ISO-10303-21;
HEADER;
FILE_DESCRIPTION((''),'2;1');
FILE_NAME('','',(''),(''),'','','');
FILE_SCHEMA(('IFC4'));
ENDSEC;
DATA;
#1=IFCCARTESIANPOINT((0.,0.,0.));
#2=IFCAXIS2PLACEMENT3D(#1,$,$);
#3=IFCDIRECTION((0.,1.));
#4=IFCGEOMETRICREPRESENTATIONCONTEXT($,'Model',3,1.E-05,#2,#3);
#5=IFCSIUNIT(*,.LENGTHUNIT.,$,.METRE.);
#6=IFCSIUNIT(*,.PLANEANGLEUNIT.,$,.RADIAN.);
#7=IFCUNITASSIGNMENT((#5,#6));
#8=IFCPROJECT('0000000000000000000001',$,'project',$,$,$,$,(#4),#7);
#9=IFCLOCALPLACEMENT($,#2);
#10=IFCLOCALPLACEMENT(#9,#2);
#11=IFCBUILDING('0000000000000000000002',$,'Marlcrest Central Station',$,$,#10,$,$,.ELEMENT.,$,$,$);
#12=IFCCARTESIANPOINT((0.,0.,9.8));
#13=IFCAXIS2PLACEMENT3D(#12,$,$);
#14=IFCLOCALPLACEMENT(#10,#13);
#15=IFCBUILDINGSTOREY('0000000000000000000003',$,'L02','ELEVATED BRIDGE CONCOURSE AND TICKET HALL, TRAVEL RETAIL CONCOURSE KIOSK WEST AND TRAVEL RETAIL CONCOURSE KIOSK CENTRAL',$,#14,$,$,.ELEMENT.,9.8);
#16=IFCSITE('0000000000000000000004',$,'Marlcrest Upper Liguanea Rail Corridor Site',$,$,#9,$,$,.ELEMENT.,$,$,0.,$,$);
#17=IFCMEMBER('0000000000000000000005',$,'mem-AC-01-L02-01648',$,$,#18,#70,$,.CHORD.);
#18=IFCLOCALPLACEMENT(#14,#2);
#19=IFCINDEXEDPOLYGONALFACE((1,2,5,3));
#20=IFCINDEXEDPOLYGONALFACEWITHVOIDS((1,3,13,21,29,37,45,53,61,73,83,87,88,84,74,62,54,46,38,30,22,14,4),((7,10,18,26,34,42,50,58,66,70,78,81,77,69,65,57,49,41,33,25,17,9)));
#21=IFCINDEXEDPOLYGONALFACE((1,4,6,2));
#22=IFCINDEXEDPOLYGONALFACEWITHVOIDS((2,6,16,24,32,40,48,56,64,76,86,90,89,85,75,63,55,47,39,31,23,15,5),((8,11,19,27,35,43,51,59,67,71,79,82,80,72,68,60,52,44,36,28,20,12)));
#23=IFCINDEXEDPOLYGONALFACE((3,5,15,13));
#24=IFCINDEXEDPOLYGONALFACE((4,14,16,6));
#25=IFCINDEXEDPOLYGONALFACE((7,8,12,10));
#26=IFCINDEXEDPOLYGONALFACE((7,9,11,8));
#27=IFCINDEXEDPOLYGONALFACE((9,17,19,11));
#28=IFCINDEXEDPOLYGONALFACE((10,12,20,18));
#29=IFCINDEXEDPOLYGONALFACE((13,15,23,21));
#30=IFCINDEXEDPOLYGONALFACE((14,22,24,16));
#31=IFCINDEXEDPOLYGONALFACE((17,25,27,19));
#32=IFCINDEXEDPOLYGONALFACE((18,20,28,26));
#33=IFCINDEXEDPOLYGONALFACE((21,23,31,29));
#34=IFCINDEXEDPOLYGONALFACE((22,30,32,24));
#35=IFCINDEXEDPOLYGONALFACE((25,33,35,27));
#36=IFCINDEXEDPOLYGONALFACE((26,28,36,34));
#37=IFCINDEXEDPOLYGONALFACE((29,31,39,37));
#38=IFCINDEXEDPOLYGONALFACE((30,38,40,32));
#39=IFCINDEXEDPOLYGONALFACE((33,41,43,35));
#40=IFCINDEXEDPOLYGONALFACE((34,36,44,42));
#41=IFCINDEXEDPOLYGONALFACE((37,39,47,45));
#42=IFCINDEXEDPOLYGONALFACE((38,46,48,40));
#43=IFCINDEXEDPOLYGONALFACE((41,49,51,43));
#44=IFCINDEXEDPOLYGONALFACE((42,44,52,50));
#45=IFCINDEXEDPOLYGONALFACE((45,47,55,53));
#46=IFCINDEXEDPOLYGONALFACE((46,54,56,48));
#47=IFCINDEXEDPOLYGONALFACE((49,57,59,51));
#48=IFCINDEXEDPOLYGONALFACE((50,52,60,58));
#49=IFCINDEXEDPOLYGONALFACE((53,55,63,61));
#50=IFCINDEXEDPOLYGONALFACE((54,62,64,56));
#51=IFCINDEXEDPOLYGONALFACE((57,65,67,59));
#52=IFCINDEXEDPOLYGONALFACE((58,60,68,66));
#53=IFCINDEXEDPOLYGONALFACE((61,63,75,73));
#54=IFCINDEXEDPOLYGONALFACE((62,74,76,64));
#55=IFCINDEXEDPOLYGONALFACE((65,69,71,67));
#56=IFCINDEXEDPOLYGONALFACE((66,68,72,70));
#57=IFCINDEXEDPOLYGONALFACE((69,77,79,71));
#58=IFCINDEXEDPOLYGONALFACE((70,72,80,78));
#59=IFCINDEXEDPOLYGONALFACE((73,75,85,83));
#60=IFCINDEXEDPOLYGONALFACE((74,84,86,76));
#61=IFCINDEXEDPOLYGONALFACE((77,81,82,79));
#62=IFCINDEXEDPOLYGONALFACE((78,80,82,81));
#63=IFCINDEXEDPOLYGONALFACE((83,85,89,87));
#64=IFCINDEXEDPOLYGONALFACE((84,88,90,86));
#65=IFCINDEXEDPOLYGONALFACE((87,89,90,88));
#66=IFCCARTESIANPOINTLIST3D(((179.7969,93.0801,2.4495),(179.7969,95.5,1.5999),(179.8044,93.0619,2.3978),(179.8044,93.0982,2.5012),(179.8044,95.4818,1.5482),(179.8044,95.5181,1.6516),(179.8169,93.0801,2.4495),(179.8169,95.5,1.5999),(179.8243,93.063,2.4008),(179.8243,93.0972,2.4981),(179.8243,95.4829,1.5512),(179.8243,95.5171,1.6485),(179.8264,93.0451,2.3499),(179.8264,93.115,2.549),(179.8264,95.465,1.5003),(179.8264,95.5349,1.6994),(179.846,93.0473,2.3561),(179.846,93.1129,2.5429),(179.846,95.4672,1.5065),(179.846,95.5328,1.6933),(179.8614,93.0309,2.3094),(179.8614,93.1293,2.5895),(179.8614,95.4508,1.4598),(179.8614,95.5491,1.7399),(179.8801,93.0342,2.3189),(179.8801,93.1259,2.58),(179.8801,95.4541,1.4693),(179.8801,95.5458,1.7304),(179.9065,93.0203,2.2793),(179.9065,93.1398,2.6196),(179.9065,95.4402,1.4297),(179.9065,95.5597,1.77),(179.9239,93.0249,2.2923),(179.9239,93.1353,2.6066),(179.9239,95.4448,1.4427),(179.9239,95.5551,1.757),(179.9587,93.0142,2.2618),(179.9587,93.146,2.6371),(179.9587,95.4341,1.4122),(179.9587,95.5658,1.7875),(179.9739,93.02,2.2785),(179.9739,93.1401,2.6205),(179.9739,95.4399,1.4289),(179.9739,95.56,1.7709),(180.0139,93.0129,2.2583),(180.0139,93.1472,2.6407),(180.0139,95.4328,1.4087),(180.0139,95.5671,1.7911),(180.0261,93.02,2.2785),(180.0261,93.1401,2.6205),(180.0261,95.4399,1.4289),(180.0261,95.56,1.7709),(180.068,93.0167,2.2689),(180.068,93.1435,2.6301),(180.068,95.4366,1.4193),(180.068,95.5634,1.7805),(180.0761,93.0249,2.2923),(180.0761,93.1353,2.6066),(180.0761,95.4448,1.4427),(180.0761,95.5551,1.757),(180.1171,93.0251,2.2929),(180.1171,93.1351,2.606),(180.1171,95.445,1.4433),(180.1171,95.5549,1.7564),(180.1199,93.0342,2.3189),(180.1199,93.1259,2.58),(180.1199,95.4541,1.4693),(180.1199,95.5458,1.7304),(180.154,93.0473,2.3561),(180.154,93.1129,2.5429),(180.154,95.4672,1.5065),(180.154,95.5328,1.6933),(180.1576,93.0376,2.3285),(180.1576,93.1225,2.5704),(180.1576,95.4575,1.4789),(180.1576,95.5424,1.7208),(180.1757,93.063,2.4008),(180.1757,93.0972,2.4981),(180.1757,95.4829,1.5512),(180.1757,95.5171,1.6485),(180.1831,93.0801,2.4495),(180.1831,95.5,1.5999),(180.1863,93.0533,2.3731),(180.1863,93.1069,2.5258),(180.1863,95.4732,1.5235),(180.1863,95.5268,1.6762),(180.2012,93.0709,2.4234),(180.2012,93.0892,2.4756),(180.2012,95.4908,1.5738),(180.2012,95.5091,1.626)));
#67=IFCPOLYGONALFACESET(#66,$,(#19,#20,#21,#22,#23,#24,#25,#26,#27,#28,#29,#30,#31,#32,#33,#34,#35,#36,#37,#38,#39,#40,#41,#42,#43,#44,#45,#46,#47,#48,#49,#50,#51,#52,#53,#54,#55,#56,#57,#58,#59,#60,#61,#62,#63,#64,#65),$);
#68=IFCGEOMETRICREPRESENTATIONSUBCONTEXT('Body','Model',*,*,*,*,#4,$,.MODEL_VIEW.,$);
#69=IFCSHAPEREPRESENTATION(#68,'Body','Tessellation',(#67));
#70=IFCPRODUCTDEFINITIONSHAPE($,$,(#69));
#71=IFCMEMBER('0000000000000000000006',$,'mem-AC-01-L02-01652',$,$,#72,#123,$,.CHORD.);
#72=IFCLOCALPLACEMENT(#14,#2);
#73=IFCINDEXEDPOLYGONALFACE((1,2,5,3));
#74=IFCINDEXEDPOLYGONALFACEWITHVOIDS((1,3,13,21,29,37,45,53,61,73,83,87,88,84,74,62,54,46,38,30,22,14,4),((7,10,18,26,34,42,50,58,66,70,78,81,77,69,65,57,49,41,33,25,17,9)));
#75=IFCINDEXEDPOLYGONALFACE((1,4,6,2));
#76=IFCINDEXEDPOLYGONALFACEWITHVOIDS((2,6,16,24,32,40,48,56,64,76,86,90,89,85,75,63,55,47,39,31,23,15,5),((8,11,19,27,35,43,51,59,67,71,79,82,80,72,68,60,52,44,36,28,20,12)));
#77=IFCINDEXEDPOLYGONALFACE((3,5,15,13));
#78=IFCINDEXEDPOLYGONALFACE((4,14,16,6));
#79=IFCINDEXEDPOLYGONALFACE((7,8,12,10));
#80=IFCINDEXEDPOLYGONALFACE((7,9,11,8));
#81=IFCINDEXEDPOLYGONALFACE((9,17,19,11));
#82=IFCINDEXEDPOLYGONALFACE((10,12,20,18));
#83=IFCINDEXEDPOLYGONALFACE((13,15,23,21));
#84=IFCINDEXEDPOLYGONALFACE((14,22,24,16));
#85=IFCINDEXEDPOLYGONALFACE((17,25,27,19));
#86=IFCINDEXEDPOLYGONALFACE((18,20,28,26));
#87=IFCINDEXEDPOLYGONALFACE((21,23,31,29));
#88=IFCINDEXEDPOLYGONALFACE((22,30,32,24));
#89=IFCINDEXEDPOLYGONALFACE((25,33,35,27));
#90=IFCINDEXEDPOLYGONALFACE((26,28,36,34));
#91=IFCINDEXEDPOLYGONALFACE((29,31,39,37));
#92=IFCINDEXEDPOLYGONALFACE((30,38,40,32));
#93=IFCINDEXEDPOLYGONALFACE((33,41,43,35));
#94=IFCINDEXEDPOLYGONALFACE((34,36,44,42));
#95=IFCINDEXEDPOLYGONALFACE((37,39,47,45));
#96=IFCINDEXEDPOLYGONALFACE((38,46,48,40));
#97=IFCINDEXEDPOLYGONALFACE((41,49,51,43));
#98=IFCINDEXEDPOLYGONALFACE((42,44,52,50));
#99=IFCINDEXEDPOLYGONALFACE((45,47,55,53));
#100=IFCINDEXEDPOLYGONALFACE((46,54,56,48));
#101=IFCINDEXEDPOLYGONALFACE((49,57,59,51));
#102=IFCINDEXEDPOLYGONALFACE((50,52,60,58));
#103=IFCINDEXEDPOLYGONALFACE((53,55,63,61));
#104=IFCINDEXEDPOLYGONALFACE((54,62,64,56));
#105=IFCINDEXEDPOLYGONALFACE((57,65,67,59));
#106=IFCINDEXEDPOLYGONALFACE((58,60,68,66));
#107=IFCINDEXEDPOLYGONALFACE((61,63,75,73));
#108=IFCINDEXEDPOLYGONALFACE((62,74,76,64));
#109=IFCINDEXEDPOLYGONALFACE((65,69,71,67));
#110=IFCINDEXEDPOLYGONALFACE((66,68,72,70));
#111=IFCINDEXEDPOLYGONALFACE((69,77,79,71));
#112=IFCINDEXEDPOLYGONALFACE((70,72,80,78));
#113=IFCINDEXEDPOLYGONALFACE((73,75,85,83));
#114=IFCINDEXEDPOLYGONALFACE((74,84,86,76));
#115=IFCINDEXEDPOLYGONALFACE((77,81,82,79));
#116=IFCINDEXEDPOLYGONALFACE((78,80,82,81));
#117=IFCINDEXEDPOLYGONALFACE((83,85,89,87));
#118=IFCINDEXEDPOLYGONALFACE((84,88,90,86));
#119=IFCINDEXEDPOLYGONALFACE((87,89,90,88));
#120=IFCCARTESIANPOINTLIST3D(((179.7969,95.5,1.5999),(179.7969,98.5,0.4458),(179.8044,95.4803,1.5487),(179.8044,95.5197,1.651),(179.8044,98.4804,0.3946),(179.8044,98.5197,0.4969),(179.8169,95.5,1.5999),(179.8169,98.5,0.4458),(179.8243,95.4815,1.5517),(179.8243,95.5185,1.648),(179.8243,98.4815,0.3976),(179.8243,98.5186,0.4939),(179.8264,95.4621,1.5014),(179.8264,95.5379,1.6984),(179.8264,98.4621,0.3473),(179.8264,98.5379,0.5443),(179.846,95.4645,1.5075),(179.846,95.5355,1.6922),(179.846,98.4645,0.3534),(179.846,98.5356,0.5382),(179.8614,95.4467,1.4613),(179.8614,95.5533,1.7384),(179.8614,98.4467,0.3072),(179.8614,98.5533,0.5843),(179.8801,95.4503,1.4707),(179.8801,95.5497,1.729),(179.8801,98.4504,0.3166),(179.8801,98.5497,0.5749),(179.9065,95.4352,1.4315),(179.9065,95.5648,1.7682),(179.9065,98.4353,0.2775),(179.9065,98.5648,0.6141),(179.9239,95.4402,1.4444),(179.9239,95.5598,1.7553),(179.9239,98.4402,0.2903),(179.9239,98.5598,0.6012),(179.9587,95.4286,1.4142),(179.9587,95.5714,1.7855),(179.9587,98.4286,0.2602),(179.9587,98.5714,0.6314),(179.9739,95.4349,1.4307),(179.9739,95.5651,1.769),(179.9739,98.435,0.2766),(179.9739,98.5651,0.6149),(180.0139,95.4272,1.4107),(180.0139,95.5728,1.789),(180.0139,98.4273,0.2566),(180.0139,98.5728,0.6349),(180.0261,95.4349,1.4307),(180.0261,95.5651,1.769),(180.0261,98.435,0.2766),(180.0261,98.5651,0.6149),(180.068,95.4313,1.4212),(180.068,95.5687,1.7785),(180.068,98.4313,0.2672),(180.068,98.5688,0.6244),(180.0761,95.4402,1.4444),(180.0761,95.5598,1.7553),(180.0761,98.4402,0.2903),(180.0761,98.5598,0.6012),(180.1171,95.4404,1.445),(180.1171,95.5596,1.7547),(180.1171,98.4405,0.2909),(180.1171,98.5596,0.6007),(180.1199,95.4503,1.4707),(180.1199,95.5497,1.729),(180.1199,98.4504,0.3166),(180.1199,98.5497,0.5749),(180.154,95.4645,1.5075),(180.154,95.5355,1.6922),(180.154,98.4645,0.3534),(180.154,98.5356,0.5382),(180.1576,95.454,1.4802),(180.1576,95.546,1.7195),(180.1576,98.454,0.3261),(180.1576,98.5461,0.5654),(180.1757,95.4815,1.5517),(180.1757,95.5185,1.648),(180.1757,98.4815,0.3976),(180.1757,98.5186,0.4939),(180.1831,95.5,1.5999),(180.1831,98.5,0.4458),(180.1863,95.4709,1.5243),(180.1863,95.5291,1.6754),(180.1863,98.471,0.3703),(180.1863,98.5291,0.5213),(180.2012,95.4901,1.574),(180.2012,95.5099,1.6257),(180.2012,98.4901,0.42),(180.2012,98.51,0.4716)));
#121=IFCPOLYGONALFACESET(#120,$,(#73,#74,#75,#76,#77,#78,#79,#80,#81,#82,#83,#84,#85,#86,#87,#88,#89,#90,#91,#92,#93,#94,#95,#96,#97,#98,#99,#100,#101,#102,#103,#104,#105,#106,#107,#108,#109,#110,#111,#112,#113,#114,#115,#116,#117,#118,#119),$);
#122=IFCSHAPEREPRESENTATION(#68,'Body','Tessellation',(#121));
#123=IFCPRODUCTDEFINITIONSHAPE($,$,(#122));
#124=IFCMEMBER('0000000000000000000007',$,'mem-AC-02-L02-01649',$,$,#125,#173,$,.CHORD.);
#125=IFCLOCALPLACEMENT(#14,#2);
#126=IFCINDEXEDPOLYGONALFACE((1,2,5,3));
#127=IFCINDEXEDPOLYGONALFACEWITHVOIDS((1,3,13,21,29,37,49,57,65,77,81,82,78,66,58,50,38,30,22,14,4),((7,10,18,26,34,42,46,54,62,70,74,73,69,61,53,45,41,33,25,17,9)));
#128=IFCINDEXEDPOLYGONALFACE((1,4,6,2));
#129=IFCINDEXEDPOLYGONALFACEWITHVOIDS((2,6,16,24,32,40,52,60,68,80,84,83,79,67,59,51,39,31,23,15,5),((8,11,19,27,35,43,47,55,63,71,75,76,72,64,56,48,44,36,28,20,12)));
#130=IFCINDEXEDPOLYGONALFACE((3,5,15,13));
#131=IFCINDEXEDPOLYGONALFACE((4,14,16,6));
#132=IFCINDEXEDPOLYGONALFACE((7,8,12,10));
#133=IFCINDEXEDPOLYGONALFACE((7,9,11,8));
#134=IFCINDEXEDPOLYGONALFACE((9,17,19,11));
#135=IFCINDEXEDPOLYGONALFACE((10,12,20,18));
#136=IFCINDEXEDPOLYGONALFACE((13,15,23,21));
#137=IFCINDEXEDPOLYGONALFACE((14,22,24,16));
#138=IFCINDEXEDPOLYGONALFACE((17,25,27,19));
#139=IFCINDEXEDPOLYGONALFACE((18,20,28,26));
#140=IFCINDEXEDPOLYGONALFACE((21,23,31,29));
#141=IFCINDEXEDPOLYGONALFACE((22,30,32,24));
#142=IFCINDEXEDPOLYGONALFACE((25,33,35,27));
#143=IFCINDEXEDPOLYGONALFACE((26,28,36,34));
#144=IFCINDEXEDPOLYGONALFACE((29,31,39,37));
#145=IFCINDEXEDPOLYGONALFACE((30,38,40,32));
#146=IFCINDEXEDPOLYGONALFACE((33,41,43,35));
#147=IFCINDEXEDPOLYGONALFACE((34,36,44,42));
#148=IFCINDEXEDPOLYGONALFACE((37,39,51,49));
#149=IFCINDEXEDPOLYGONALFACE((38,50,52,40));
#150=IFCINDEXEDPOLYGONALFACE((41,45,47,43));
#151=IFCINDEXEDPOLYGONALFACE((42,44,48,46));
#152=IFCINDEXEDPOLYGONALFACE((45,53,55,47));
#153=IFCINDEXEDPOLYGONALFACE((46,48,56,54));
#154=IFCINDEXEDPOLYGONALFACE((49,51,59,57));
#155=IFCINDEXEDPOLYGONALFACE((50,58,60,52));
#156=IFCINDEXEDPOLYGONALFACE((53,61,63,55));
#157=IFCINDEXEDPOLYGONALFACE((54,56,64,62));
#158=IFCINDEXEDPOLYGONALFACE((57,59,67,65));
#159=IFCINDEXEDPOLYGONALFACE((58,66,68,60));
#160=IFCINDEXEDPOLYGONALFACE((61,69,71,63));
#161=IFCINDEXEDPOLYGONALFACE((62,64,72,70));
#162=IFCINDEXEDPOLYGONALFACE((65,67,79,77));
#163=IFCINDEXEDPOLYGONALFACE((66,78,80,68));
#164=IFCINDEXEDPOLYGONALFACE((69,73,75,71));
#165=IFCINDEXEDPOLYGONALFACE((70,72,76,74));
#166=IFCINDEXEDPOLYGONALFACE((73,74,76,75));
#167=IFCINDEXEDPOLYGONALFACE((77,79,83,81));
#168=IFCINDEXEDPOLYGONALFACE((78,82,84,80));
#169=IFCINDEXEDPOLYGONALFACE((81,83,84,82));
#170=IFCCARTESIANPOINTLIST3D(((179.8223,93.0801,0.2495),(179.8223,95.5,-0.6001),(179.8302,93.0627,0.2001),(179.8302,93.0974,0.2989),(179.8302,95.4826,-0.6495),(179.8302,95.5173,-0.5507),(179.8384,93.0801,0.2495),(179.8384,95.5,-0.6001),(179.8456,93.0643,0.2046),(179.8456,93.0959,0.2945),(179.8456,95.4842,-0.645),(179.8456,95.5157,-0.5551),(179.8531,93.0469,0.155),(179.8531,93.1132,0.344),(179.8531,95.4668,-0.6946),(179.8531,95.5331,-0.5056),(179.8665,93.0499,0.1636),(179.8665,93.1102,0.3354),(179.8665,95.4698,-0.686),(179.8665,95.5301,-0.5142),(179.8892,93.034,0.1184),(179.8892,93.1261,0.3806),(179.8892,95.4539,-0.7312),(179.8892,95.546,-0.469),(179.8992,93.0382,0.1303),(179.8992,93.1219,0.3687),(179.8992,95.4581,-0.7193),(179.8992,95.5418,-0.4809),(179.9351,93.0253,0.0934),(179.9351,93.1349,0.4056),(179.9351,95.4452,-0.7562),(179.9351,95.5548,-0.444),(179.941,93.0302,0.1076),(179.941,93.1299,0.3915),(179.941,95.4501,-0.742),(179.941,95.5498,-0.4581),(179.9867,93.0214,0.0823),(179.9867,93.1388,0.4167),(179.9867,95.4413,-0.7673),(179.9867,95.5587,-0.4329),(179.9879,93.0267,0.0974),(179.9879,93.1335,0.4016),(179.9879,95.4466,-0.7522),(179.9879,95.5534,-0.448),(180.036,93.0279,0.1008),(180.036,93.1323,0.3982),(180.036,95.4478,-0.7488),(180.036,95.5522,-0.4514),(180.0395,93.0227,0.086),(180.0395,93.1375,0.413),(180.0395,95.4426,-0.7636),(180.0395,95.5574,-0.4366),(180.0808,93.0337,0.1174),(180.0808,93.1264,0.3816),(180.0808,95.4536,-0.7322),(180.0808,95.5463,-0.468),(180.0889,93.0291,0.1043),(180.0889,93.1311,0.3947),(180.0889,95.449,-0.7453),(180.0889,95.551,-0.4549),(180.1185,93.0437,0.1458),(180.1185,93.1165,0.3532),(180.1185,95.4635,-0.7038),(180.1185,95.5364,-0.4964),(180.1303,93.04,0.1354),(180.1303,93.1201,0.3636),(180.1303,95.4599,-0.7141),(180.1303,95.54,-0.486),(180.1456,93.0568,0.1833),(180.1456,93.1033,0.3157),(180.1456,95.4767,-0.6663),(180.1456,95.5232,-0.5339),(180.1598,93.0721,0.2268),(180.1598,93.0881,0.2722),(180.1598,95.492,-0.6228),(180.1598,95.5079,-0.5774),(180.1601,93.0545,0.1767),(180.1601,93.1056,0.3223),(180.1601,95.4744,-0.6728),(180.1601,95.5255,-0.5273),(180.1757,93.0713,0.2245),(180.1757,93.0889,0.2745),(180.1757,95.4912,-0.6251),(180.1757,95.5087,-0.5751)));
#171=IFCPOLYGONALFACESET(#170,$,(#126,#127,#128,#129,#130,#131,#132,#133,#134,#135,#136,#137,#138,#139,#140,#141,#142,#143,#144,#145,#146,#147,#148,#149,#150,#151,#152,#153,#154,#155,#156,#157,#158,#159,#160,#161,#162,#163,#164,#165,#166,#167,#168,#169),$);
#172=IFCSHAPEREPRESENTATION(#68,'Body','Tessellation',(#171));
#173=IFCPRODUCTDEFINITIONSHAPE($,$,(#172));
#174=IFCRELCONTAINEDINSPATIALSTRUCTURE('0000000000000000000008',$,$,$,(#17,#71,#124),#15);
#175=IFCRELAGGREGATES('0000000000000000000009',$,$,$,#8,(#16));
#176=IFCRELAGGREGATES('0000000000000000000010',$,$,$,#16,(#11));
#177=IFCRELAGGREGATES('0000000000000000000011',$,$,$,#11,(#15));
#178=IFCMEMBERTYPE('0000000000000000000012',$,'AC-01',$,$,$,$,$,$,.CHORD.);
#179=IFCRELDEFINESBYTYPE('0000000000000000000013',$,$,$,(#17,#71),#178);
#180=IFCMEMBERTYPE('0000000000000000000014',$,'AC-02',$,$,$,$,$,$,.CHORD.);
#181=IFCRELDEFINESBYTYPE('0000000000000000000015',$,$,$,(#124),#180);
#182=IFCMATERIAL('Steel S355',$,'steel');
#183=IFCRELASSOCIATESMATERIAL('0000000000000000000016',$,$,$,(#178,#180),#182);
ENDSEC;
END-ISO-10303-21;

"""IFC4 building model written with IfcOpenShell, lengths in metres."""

from ifc_helpers import new_model, si_unit, direction, frame, origin, origin_2d, place, context, subcontext, project, spatial, hollow_circle, extrude, material, material_profile, profile_set, type_object, element, save


model = new_model("IFC4")

# Units and contexts
model_context = context("Model", 3, precision=1e-05, world=origin(), true_north=direction((0.0, 1.0)))
body_context = subcontext(model_context, "Body", "Model", "MODEL_VIEW")
ifc_project = project(units=[si_unit("LENGTHUNIT", "METRE"), si_unit("PLANEANGLEUNIT", "RADIAN")], contexts=[model_context])

# Site, building, storey
site_placement = place(None, origin())
site = spatial("IfcSite", under=ifc_project, at=site_placement, Name="Marlcrest Upper Liguanea Rail Corridor Site", CompositionType="ELEMENT", RefElevation=0.0)
building_placement = place(site_placement, origin())
building = spatial("IfcBuilding", under=site, at=building_placement, Name="Marlcrest Central Station", CompositionType="ELEMENT")
storey_placement = place(building_placement, frame((0.0, 0.0, 9.8)))
storey = spatial("IfcBuildingStorey", under=building, at=storey_placement, Name="L02", Description="ELEVATED BRIDGE CONCOURSE AND TICKET HALL, TRAVEL RETAIL CONCOURSE KIOSK WEST AND TRAVEL RETAIL CONCOURSE KIOSK CENTRAL", CompositionType="ELEMENT", Elevation=9.8)

# Members
ifc_material_1 = material(Name="Steel S355", Category="steel")
ifc_material_profile_1 = material_profile(ifc_material_1, hollow_circle(Radius=0.2031, WallThickness=0.02, at=origin_2d()), Name="CHS 406.4x20")
ifc_profile_set_1 = profile_set([ifc_material_profile_1], Name="Steel S355")
member_type_1 = type_object("IfcMemberType", Name="AC-01", PredefinedType="CHORD", material=ifc_profile_set_1)
member_1_placement = place(storey_placement, frame((180.0, 93.0801, 2.4495), z_axis=(0.0, 0.943537, -0.331266), x_axis=(-1.0, 0.0, 0.0)))
element("IfcMember", 1, at=member_1_placement, inside=storey, type_object=member_type_1, Name="mem-AC-01-L02-01648", PredefinedType="CHORD", context=body_context, shape_type="SweptSolid", body=[
    extrude(hollow_circle(Radius=0.2031, WallThickness=0.02, at=origin_2d()), origin(), (0.0, 0.0, 1.0), 2.5647),
])
member_2_placement = place(storey_placement, frame((180.0, 95.5, 1.5999), z_axis=(0.0, 0.933324, -0.359035), x_axis=(-1.0, 0.0, 0.0)))
element("IfcMember", 2, at=member_2_placement, inside=storey, type_object=member_type_1, Name="mem-AC-01-L02-01652", PredefinedType="CHORD", context=body_context, shape_type="SweptSolid", body=[
    extrude(hollow_circle(Radius=0.2031, WallThickness=0.02, at=origin_2d()), origin(), (0.0, 0.0, 1.0), 3.2144),
])
ifc_material_profile_2 = material_profile(ifc_material_1, hollow_circle(Radius=0.1777, WallThickness=0.0161, at=origin_2d()), Name="CHS 355.6x16")
ifc_profile_set_2 = profile_set([ifc_material_profile_2], Name="Steel S355")
member_type_2 = type_object("IfcMemberType", Name="AC-02", PredefinedType="CHORD", material=ifc_profile_set_2)
member_3_placement = place(storey_placement, frame((180.0, 93.0801, 0.2495), z_axis=(0.0, 0.943537, -0.331266), x_axis=(-1.0, 0.0, 0.0)))
element("IfcMember", 3, at=member_3_placement, inside=storey, type_object=member_type_2, Name="mem-AC-02-L02-01649", PredefinedType="CHORD", context=body_context, shape_type="SweptSolid", body=[
    extrude(hollow_circle(Radius=0.1777, WallThickness=0.0161, at=origin_2d()), origin(), (0.0, 0.0, 1.0), 2.5647),
])

save(model, "model.ifc")
